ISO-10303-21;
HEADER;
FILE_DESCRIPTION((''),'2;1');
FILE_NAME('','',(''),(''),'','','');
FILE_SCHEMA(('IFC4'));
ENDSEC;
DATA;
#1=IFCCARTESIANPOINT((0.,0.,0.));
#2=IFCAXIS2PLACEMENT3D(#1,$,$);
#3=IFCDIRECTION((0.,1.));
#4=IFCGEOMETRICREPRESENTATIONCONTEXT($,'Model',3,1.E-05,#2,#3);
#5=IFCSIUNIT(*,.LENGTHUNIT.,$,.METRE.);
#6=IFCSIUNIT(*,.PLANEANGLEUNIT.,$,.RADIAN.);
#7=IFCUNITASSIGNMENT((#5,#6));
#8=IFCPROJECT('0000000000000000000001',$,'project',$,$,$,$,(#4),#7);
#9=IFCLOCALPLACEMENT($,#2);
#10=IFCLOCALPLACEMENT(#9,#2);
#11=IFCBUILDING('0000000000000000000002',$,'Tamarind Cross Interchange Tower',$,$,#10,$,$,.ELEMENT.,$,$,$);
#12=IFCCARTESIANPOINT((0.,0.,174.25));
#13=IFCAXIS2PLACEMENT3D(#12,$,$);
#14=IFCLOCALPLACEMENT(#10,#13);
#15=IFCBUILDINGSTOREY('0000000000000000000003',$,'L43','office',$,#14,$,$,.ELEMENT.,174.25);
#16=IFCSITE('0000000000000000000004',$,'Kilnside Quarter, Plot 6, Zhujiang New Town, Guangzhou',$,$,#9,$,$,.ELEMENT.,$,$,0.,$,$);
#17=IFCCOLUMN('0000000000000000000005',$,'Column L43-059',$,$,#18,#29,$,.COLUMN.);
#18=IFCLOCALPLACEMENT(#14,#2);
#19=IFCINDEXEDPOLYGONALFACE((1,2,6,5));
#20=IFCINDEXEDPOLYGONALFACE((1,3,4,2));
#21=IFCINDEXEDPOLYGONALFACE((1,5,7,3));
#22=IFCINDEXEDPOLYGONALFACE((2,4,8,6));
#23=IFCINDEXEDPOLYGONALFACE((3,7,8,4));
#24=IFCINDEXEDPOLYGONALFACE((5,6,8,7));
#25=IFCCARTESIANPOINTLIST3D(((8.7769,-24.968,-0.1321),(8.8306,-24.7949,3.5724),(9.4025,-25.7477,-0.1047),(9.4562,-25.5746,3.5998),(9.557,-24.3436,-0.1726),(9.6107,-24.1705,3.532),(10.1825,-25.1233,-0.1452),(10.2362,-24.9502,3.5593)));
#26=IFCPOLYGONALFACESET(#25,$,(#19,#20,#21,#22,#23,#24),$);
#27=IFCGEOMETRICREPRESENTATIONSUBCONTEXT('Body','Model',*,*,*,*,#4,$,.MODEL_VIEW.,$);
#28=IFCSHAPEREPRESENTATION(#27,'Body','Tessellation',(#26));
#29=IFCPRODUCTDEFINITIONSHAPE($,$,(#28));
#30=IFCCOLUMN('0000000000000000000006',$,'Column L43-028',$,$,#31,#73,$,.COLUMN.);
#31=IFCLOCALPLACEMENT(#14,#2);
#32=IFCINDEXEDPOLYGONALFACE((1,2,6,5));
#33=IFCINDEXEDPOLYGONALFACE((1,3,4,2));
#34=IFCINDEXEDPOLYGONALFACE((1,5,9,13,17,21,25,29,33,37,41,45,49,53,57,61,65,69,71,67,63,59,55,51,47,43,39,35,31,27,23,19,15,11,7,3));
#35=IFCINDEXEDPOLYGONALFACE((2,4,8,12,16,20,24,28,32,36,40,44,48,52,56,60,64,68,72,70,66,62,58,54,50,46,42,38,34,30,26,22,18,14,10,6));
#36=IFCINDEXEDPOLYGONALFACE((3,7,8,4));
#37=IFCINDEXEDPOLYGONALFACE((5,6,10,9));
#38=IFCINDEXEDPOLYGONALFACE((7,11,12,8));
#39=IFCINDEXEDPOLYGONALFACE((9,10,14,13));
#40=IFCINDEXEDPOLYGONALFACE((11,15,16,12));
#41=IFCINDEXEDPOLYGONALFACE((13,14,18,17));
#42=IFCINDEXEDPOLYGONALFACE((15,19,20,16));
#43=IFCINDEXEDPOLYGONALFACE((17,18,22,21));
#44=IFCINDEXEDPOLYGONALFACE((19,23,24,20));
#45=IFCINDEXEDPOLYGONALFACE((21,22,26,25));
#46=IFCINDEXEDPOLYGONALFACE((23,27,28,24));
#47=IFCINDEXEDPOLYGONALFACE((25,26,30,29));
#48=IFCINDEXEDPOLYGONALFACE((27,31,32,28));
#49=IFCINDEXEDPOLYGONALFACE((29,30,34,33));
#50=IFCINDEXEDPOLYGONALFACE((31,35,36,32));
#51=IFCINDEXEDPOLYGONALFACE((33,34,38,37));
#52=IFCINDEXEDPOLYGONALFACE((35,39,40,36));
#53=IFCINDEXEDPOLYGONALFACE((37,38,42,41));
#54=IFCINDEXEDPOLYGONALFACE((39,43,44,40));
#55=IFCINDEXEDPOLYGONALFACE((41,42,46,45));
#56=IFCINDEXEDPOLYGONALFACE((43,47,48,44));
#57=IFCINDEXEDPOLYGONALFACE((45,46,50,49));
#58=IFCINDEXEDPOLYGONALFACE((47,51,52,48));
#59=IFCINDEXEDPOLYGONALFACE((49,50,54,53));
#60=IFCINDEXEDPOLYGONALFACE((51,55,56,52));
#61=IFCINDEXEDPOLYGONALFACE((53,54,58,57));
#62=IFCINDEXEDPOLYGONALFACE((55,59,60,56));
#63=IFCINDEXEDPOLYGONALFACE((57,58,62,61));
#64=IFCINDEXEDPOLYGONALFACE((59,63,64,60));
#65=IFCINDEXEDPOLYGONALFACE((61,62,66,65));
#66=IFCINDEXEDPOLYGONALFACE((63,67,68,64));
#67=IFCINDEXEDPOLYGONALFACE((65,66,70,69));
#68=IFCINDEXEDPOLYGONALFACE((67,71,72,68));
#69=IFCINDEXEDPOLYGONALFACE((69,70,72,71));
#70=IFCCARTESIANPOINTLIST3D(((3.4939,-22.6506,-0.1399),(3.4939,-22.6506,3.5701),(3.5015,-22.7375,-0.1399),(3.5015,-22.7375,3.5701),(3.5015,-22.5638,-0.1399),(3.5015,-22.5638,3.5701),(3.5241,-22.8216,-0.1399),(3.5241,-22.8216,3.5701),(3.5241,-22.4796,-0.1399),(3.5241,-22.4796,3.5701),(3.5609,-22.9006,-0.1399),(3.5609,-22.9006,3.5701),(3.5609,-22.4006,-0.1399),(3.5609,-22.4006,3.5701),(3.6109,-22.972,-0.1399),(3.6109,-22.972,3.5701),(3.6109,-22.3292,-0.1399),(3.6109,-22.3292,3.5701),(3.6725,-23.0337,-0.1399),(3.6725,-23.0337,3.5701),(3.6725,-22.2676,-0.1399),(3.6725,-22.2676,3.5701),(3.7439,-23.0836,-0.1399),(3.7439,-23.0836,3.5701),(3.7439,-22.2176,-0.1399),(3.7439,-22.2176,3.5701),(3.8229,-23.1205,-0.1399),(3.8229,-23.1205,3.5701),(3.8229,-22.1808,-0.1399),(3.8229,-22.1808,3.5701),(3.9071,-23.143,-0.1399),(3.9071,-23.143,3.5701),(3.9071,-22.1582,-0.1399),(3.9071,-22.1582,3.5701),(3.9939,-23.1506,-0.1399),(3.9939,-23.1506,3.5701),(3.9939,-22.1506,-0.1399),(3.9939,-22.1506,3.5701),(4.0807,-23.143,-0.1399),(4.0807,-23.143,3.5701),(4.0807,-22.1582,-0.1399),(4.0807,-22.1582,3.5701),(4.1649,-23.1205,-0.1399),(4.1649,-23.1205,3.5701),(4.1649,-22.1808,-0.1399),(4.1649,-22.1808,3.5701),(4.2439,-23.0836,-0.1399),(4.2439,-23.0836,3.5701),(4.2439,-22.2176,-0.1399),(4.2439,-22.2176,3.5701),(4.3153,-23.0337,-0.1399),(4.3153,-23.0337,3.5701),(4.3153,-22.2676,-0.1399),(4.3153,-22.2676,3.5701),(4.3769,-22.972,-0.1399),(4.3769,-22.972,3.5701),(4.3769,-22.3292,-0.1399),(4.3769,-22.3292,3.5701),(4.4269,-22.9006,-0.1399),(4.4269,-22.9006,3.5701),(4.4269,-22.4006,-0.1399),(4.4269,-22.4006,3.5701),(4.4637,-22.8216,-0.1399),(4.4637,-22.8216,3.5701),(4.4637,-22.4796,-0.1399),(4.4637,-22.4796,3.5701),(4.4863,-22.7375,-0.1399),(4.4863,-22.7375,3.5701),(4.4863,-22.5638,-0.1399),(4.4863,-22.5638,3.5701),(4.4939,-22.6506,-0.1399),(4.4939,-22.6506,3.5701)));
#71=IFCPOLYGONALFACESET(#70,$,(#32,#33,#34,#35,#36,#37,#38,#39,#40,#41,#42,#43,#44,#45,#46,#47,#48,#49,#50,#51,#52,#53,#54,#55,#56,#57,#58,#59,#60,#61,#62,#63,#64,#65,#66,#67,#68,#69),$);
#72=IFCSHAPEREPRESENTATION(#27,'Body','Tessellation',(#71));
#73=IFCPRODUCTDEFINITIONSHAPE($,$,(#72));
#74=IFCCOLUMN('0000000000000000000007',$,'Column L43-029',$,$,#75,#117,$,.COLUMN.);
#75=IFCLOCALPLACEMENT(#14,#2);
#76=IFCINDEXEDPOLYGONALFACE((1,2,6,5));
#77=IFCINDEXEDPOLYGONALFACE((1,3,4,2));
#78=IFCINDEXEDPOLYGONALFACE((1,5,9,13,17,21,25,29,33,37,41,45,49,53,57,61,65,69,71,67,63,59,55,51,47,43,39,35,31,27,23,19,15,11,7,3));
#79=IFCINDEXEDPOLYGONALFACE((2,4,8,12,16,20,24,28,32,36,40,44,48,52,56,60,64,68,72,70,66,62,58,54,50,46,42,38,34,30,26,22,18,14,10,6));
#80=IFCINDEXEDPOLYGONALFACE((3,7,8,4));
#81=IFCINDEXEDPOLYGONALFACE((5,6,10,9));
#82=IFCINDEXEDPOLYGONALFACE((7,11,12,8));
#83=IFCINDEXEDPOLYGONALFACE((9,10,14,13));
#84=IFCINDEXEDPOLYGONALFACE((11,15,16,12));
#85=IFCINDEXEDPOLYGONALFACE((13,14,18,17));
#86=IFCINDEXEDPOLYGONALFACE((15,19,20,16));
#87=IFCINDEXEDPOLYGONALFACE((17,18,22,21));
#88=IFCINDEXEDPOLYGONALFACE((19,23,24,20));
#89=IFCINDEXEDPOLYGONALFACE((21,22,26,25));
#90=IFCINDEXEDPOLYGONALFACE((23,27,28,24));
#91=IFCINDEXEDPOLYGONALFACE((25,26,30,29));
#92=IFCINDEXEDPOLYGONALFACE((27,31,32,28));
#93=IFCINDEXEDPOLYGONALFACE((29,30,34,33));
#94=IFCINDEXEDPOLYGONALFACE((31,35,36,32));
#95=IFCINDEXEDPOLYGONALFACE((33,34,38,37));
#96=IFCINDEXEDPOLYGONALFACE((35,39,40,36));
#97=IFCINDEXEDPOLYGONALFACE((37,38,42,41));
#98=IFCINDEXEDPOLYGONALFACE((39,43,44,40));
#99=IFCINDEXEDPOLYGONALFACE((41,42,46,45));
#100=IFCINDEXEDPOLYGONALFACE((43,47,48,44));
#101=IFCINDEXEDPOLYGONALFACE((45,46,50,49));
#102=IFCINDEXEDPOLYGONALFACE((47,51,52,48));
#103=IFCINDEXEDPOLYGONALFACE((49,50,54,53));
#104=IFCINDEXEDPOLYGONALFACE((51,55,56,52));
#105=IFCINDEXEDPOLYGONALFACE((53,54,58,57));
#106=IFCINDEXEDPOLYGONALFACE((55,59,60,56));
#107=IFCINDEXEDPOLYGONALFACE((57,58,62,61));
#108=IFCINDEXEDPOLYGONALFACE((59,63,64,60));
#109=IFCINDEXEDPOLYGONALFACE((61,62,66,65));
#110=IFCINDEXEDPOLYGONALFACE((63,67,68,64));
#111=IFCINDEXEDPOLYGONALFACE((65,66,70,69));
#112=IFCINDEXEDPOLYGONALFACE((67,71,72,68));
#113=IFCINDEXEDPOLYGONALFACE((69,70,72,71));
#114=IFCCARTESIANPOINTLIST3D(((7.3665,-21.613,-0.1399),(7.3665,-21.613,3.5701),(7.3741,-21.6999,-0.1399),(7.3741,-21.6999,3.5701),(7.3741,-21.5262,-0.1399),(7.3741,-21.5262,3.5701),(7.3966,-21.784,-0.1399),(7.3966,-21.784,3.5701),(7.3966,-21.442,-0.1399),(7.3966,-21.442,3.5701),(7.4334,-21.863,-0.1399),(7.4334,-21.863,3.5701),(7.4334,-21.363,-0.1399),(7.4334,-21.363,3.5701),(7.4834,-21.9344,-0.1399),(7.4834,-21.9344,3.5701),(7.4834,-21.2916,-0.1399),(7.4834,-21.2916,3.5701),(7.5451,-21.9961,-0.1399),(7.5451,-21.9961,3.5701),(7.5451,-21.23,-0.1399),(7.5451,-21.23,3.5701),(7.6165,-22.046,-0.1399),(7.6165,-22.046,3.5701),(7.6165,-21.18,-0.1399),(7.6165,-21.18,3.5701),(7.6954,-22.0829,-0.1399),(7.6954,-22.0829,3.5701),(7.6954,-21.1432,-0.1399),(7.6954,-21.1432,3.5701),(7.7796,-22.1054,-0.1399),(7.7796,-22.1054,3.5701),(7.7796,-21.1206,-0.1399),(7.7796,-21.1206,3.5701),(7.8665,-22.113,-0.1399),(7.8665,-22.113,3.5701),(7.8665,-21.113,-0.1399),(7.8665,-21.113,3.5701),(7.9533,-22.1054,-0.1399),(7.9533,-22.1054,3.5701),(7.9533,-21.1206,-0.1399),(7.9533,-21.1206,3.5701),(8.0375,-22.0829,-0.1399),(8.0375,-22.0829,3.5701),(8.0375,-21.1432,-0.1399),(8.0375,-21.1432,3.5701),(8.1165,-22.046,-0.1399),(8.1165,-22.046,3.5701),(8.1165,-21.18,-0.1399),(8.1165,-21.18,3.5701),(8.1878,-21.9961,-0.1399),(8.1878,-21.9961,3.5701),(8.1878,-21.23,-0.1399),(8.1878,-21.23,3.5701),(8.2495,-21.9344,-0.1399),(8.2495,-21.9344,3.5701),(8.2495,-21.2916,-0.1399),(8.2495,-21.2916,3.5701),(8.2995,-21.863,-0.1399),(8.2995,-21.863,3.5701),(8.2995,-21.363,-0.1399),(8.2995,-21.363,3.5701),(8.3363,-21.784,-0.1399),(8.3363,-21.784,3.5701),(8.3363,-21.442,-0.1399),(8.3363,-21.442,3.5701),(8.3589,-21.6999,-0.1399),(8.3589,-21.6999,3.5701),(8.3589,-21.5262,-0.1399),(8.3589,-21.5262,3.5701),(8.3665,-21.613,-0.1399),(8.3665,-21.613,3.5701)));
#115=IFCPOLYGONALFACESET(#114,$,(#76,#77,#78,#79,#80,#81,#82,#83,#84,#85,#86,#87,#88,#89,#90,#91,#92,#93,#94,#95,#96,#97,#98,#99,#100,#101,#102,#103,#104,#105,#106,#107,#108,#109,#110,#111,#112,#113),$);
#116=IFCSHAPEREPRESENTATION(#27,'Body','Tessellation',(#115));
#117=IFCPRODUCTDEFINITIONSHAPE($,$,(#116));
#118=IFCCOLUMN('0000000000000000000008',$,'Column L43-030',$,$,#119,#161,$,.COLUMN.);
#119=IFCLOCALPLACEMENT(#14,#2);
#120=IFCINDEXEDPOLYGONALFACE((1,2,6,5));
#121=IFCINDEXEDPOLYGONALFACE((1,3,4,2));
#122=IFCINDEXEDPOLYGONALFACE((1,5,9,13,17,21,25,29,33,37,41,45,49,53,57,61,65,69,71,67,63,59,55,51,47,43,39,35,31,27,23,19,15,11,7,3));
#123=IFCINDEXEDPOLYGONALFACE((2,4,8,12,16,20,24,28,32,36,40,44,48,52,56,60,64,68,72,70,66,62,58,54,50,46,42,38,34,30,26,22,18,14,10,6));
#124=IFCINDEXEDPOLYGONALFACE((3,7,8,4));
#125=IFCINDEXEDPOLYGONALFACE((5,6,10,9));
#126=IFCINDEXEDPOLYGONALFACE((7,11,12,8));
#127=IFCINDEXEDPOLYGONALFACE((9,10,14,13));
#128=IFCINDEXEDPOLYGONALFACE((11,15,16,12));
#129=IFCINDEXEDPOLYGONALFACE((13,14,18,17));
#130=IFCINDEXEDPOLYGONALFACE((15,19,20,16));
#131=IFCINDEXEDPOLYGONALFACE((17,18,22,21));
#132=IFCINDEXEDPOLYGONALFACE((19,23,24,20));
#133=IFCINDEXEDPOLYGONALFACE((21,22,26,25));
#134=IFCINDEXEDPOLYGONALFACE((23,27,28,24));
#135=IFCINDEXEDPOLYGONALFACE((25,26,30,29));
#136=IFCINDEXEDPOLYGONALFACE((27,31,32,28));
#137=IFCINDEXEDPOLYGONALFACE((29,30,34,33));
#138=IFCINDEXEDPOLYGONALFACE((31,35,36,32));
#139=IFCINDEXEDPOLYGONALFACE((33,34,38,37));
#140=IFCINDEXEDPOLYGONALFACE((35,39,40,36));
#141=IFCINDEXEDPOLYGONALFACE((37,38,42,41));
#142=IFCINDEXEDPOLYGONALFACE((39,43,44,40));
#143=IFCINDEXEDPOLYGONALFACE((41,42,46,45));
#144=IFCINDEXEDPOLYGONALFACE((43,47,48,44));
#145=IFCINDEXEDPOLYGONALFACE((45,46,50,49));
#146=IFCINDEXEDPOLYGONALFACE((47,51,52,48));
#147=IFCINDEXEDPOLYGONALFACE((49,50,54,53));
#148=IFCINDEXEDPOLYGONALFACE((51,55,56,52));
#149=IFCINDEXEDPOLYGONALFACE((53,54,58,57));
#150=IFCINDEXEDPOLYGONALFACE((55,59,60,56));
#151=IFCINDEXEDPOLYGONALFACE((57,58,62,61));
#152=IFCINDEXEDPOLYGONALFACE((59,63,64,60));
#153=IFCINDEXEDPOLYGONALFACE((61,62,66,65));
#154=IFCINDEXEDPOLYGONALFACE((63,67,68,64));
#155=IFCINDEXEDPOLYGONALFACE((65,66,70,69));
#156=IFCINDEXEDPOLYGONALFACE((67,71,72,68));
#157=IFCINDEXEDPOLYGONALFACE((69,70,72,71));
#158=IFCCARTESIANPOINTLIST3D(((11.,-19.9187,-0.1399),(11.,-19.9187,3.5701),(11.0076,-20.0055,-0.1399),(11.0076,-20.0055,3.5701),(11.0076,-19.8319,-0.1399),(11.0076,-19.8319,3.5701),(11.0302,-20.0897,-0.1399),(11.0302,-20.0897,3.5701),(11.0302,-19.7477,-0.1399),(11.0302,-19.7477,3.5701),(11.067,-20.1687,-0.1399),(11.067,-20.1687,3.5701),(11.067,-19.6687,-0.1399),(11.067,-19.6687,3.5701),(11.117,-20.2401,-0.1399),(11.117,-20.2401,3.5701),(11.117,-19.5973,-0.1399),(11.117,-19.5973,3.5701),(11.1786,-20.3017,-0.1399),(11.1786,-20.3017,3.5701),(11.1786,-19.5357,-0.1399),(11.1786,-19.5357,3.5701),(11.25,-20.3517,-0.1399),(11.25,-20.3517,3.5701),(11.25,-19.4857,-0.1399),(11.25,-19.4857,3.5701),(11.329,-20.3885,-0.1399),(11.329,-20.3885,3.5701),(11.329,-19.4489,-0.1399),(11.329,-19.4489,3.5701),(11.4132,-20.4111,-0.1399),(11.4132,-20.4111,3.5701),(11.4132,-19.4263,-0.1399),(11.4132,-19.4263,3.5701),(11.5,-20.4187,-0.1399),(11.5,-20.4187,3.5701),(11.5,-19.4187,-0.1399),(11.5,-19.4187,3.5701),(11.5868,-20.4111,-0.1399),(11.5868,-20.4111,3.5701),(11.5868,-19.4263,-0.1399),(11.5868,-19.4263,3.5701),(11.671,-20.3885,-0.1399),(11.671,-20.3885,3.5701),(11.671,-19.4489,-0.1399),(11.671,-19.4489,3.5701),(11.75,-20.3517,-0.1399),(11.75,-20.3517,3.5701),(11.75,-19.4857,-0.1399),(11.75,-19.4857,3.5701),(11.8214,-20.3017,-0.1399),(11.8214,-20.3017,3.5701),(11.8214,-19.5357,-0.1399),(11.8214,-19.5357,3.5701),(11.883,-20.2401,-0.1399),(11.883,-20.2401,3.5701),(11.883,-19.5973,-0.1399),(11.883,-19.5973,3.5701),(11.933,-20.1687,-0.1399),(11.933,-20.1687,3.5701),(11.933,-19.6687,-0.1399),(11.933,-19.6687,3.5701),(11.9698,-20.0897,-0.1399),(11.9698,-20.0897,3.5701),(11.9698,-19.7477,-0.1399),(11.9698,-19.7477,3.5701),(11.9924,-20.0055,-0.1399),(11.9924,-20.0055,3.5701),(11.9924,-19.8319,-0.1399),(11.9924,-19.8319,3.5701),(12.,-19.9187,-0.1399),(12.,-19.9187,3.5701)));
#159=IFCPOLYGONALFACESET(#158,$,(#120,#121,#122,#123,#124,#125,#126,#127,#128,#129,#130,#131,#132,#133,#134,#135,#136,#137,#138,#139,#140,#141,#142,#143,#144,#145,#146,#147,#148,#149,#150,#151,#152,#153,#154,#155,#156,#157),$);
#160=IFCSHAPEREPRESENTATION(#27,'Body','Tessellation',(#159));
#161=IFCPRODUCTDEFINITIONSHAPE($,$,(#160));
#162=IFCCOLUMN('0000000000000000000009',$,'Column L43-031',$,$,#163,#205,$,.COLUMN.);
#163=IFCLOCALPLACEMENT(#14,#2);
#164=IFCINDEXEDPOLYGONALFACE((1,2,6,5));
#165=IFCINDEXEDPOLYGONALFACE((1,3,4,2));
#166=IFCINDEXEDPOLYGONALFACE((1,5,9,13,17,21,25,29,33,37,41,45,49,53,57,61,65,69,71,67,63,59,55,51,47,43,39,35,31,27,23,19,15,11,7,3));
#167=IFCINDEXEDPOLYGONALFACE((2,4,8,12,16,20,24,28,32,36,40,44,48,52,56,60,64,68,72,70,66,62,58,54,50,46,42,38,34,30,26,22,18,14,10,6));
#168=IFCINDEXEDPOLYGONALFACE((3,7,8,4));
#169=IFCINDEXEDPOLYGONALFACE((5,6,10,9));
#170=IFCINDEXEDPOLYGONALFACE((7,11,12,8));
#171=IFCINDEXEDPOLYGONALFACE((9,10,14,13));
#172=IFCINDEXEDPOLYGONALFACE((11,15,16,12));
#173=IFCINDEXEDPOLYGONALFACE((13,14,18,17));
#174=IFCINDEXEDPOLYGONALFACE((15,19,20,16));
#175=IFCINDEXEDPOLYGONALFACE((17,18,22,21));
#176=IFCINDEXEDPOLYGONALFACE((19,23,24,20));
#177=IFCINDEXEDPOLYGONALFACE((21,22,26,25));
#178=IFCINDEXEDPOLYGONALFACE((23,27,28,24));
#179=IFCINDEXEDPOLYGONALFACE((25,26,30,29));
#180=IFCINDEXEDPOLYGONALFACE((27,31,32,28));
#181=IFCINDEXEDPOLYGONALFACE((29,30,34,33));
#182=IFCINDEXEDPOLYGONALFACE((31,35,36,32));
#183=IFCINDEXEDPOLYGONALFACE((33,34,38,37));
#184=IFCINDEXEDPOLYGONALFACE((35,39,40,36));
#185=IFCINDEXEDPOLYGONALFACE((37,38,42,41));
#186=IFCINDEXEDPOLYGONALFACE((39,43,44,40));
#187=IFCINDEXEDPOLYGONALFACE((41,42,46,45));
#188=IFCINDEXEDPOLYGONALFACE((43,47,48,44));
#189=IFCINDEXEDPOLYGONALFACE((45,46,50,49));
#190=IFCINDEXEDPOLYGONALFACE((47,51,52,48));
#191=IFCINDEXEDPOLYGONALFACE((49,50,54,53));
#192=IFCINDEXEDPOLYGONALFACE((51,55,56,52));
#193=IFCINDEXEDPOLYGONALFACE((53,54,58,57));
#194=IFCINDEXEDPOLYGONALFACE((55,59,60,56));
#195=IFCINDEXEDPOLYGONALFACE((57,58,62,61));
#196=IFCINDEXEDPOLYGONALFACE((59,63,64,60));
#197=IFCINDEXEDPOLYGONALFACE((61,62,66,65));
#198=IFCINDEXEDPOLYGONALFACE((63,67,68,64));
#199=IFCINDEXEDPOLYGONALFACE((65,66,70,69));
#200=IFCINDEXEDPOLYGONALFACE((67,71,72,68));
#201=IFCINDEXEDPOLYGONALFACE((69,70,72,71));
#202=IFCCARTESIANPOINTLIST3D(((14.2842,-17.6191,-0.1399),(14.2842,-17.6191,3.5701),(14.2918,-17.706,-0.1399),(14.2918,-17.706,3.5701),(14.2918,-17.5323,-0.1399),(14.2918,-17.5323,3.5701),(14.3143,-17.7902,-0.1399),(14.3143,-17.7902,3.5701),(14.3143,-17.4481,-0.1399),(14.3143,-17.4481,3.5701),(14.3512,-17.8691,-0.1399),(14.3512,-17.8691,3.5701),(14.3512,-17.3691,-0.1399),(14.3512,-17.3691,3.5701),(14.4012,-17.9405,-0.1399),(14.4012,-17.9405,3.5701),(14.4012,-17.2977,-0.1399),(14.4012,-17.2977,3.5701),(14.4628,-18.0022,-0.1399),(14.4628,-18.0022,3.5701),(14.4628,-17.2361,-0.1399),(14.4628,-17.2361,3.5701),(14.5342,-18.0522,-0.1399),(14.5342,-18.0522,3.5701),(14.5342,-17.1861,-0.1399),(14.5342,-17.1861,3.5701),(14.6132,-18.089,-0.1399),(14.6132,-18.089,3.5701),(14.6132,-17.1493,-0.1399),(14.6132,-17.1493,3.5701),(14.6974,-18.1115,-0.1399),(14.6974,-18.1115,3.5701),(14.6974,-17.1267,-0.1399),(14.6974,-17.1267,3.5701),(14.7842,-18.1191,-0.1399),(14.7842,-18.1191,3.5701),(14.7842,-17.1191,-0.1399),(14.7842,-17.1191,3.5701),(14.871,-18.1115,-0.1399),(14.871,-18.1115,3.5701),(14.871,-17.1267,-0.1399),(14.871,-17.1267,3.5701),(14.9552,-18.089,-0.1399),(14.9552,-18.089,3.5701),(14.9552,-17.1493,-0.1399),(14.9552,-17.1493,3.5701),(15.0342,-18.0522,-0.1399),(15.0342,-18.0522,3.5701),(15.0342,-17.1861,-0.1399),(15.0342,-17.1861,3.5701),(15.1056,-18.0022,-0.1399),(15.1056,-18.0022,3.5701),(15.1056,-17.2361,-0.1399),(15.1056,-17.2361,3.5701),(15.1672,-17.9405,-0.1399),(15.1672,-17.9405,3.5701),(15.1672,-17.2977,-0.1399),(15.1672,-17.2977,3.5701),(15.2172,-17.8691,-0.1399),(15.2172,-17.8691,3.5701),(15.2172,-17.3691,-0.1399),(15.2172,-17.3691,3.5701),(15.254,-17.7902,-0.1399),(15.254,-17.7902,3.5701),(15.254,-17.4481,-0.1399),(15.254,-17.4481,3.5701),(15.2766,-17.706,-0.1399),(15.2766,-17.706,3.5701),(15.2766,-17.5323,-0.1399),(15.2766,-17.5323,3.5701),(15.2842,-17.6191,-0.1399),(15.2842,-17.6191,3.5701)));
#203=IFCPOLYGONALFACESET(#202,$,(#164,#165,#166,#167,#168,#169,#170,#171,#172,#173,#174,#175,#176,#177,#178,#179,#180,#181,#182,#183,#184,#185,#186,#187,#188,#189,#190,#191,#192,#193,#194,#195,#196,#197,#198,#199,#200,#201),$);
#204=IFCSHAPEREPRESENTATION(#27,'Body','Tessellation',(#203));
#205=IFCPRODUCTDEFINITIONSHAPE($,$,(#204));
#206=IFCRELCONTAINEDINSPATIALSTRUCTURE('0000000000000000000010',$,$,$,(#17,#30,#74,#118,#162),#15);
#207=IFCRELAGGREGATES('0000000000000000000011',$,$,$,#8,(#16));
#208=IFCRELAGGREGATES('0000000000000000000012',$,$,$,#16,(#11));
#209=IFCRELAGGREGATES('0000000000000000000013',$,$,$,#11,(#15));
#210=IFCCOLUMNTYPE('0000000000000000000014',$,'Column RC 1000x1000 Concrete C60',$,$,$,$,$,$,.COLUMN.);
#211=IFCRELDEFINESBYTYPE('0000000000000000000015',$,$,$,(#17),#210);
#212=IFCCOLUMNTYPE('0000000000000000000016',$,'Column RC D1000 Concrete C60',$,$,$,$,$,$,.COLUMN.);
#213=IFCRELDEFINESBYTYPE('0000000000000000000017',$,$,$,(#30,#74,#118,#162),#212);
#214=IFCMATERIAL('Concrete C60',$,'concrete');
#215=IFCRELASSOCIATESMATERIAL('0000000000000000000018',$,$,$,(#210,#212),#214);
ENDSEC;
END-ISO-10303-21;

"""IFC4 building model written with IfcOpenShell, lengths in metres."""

from ifc_helpers import new_model, si_unit, direction, frame, origin, origin_2d, place, context, subcontext, project, spatial, rectangle, circle, extrude, material, material_profile, profile_set, type_object, element, save


model = new_model("IFC4")

# Units and contexts
model_context = context("Model", 3, precision=1e-05, world=origin(), true_north=direction((0.0, 1.0)))
body_context = subcontext(model_context, "Body", "Model", "MODEL_VIEW")
ifc_project = project(units=[si_unit("LENGTHUNIT", "METRE"), si_unit("PLANEANGLEUNIT", "RADIAN")], contexts=[model_context])

# Site, building, storey
site_placement = place(None, origin())
site = spatial("IfcSite", under=ifc_project, at=site_placement, Name="Kilnside Quarter, Plot 6, Zhujiang New Town, Guangzhou", CompositionType="ELEMENT", RefElevation=0.0)
building_placement = place(site_placement, origin())
building = spatial("IfcBuilding", under=site, at=building_placement, Name="Tamarind Cross Interchange Tower", CompositionType="ELEMENT")
storey_placement = place(building_placement, frame((0.0, 0.0, 174.25)))
storey = spatial("IfcBuildingStorey", under=building, at=storey_placement, Name="L43", Description="office", CompositionType="ELEMENT", Elevation=174.25)

# Columns
ifc_material_1 = material(Name="Concrete C60", Category="concrete")
ifc_material_profile_1 = material_profile(ifc_material_1, rectangle(XDim=1.0, YDim=1.0, at=origin_2d()), Name="RC 1000x1000")
ifc_profile_set_1 = profile_set([ifc_material_profile_1], Name="Concrete C60")
column_type_1 = type_object("IfcColumnType", Name="Column RC 1000x1000 Concrete C60", PredefinedType="COLUMN", material=ifc_profile_set_1)
column_placement = place(storey_placement, frame((9.4797, -25.0457, -0.1387), z_axis=(0.014481, 0.046669, 0.998805), x_axis=(-0.780047, -0.624409, 0.040485)))
element("IfcColumn", 1, at=column_placement, inside=storey, type_object=column_type_1, Name="Column L43-059", PredefinedType="COLUMN", context=body_context, shape_type="SweptSolid", body=[
    extrude(rectangle(XDim=1.0, YDim=1.0, at=origin_2d()), origin(), (0.0, 0.0, 1.0), 3.709),
])
ifc_material_profile_2 = material_profile(ifc_material_1, circle(Radius=0.5, at=origin_2d()), Name="RC D1000")
ifc_profile_set_2 = profile_set([ifc_material_profile_2], Name="Concrete C60")
column_type_2 = type_object("IfcColumnType", Name="Column RC D1000 Concrete C60", PredefinedType="COLUMN", material=ifc_profile_set_2)
for number, where, z_axis, x_axis, name in (
    (2, (3.9939, -22.6506, -0.1399), (0.0, 0.0, 1.0), (1.0, 0.0, 0.0), "Column L43-028"),
    (3, (7.8665, -21.613, -0.1399), (0.0, 0.0, 1.0), (1.0, 0.0, 0.0), "Column L43-029"),
    (4, (11.5, -19.9187, -0.1399), (0.0, 0.0, 1.0), (1.0, 0.0, 0.0), "Column L43-030"),
    (5, (14.7842, -17.6191, -0.1399), (0.0, 0.0, 1.0), (1.0, 0.0, 0.0), "Column L43-031"),
):
    element("IfcColumn", number, at=place(storey_placement, frame(where, z_axis=z_axis, x_axis=x_axis)), inside=storey, type_object=column_type_2, Name=name, PredefinedType="COLUMN", context=body_context, shape_type="SweptSolid", body=[
        extrude(circle(Radius=0.5, at=origin_2d()), origin(), (0.0, 0.0, 1.0), 3.71),
    ])

save(model, "model.ifc")
